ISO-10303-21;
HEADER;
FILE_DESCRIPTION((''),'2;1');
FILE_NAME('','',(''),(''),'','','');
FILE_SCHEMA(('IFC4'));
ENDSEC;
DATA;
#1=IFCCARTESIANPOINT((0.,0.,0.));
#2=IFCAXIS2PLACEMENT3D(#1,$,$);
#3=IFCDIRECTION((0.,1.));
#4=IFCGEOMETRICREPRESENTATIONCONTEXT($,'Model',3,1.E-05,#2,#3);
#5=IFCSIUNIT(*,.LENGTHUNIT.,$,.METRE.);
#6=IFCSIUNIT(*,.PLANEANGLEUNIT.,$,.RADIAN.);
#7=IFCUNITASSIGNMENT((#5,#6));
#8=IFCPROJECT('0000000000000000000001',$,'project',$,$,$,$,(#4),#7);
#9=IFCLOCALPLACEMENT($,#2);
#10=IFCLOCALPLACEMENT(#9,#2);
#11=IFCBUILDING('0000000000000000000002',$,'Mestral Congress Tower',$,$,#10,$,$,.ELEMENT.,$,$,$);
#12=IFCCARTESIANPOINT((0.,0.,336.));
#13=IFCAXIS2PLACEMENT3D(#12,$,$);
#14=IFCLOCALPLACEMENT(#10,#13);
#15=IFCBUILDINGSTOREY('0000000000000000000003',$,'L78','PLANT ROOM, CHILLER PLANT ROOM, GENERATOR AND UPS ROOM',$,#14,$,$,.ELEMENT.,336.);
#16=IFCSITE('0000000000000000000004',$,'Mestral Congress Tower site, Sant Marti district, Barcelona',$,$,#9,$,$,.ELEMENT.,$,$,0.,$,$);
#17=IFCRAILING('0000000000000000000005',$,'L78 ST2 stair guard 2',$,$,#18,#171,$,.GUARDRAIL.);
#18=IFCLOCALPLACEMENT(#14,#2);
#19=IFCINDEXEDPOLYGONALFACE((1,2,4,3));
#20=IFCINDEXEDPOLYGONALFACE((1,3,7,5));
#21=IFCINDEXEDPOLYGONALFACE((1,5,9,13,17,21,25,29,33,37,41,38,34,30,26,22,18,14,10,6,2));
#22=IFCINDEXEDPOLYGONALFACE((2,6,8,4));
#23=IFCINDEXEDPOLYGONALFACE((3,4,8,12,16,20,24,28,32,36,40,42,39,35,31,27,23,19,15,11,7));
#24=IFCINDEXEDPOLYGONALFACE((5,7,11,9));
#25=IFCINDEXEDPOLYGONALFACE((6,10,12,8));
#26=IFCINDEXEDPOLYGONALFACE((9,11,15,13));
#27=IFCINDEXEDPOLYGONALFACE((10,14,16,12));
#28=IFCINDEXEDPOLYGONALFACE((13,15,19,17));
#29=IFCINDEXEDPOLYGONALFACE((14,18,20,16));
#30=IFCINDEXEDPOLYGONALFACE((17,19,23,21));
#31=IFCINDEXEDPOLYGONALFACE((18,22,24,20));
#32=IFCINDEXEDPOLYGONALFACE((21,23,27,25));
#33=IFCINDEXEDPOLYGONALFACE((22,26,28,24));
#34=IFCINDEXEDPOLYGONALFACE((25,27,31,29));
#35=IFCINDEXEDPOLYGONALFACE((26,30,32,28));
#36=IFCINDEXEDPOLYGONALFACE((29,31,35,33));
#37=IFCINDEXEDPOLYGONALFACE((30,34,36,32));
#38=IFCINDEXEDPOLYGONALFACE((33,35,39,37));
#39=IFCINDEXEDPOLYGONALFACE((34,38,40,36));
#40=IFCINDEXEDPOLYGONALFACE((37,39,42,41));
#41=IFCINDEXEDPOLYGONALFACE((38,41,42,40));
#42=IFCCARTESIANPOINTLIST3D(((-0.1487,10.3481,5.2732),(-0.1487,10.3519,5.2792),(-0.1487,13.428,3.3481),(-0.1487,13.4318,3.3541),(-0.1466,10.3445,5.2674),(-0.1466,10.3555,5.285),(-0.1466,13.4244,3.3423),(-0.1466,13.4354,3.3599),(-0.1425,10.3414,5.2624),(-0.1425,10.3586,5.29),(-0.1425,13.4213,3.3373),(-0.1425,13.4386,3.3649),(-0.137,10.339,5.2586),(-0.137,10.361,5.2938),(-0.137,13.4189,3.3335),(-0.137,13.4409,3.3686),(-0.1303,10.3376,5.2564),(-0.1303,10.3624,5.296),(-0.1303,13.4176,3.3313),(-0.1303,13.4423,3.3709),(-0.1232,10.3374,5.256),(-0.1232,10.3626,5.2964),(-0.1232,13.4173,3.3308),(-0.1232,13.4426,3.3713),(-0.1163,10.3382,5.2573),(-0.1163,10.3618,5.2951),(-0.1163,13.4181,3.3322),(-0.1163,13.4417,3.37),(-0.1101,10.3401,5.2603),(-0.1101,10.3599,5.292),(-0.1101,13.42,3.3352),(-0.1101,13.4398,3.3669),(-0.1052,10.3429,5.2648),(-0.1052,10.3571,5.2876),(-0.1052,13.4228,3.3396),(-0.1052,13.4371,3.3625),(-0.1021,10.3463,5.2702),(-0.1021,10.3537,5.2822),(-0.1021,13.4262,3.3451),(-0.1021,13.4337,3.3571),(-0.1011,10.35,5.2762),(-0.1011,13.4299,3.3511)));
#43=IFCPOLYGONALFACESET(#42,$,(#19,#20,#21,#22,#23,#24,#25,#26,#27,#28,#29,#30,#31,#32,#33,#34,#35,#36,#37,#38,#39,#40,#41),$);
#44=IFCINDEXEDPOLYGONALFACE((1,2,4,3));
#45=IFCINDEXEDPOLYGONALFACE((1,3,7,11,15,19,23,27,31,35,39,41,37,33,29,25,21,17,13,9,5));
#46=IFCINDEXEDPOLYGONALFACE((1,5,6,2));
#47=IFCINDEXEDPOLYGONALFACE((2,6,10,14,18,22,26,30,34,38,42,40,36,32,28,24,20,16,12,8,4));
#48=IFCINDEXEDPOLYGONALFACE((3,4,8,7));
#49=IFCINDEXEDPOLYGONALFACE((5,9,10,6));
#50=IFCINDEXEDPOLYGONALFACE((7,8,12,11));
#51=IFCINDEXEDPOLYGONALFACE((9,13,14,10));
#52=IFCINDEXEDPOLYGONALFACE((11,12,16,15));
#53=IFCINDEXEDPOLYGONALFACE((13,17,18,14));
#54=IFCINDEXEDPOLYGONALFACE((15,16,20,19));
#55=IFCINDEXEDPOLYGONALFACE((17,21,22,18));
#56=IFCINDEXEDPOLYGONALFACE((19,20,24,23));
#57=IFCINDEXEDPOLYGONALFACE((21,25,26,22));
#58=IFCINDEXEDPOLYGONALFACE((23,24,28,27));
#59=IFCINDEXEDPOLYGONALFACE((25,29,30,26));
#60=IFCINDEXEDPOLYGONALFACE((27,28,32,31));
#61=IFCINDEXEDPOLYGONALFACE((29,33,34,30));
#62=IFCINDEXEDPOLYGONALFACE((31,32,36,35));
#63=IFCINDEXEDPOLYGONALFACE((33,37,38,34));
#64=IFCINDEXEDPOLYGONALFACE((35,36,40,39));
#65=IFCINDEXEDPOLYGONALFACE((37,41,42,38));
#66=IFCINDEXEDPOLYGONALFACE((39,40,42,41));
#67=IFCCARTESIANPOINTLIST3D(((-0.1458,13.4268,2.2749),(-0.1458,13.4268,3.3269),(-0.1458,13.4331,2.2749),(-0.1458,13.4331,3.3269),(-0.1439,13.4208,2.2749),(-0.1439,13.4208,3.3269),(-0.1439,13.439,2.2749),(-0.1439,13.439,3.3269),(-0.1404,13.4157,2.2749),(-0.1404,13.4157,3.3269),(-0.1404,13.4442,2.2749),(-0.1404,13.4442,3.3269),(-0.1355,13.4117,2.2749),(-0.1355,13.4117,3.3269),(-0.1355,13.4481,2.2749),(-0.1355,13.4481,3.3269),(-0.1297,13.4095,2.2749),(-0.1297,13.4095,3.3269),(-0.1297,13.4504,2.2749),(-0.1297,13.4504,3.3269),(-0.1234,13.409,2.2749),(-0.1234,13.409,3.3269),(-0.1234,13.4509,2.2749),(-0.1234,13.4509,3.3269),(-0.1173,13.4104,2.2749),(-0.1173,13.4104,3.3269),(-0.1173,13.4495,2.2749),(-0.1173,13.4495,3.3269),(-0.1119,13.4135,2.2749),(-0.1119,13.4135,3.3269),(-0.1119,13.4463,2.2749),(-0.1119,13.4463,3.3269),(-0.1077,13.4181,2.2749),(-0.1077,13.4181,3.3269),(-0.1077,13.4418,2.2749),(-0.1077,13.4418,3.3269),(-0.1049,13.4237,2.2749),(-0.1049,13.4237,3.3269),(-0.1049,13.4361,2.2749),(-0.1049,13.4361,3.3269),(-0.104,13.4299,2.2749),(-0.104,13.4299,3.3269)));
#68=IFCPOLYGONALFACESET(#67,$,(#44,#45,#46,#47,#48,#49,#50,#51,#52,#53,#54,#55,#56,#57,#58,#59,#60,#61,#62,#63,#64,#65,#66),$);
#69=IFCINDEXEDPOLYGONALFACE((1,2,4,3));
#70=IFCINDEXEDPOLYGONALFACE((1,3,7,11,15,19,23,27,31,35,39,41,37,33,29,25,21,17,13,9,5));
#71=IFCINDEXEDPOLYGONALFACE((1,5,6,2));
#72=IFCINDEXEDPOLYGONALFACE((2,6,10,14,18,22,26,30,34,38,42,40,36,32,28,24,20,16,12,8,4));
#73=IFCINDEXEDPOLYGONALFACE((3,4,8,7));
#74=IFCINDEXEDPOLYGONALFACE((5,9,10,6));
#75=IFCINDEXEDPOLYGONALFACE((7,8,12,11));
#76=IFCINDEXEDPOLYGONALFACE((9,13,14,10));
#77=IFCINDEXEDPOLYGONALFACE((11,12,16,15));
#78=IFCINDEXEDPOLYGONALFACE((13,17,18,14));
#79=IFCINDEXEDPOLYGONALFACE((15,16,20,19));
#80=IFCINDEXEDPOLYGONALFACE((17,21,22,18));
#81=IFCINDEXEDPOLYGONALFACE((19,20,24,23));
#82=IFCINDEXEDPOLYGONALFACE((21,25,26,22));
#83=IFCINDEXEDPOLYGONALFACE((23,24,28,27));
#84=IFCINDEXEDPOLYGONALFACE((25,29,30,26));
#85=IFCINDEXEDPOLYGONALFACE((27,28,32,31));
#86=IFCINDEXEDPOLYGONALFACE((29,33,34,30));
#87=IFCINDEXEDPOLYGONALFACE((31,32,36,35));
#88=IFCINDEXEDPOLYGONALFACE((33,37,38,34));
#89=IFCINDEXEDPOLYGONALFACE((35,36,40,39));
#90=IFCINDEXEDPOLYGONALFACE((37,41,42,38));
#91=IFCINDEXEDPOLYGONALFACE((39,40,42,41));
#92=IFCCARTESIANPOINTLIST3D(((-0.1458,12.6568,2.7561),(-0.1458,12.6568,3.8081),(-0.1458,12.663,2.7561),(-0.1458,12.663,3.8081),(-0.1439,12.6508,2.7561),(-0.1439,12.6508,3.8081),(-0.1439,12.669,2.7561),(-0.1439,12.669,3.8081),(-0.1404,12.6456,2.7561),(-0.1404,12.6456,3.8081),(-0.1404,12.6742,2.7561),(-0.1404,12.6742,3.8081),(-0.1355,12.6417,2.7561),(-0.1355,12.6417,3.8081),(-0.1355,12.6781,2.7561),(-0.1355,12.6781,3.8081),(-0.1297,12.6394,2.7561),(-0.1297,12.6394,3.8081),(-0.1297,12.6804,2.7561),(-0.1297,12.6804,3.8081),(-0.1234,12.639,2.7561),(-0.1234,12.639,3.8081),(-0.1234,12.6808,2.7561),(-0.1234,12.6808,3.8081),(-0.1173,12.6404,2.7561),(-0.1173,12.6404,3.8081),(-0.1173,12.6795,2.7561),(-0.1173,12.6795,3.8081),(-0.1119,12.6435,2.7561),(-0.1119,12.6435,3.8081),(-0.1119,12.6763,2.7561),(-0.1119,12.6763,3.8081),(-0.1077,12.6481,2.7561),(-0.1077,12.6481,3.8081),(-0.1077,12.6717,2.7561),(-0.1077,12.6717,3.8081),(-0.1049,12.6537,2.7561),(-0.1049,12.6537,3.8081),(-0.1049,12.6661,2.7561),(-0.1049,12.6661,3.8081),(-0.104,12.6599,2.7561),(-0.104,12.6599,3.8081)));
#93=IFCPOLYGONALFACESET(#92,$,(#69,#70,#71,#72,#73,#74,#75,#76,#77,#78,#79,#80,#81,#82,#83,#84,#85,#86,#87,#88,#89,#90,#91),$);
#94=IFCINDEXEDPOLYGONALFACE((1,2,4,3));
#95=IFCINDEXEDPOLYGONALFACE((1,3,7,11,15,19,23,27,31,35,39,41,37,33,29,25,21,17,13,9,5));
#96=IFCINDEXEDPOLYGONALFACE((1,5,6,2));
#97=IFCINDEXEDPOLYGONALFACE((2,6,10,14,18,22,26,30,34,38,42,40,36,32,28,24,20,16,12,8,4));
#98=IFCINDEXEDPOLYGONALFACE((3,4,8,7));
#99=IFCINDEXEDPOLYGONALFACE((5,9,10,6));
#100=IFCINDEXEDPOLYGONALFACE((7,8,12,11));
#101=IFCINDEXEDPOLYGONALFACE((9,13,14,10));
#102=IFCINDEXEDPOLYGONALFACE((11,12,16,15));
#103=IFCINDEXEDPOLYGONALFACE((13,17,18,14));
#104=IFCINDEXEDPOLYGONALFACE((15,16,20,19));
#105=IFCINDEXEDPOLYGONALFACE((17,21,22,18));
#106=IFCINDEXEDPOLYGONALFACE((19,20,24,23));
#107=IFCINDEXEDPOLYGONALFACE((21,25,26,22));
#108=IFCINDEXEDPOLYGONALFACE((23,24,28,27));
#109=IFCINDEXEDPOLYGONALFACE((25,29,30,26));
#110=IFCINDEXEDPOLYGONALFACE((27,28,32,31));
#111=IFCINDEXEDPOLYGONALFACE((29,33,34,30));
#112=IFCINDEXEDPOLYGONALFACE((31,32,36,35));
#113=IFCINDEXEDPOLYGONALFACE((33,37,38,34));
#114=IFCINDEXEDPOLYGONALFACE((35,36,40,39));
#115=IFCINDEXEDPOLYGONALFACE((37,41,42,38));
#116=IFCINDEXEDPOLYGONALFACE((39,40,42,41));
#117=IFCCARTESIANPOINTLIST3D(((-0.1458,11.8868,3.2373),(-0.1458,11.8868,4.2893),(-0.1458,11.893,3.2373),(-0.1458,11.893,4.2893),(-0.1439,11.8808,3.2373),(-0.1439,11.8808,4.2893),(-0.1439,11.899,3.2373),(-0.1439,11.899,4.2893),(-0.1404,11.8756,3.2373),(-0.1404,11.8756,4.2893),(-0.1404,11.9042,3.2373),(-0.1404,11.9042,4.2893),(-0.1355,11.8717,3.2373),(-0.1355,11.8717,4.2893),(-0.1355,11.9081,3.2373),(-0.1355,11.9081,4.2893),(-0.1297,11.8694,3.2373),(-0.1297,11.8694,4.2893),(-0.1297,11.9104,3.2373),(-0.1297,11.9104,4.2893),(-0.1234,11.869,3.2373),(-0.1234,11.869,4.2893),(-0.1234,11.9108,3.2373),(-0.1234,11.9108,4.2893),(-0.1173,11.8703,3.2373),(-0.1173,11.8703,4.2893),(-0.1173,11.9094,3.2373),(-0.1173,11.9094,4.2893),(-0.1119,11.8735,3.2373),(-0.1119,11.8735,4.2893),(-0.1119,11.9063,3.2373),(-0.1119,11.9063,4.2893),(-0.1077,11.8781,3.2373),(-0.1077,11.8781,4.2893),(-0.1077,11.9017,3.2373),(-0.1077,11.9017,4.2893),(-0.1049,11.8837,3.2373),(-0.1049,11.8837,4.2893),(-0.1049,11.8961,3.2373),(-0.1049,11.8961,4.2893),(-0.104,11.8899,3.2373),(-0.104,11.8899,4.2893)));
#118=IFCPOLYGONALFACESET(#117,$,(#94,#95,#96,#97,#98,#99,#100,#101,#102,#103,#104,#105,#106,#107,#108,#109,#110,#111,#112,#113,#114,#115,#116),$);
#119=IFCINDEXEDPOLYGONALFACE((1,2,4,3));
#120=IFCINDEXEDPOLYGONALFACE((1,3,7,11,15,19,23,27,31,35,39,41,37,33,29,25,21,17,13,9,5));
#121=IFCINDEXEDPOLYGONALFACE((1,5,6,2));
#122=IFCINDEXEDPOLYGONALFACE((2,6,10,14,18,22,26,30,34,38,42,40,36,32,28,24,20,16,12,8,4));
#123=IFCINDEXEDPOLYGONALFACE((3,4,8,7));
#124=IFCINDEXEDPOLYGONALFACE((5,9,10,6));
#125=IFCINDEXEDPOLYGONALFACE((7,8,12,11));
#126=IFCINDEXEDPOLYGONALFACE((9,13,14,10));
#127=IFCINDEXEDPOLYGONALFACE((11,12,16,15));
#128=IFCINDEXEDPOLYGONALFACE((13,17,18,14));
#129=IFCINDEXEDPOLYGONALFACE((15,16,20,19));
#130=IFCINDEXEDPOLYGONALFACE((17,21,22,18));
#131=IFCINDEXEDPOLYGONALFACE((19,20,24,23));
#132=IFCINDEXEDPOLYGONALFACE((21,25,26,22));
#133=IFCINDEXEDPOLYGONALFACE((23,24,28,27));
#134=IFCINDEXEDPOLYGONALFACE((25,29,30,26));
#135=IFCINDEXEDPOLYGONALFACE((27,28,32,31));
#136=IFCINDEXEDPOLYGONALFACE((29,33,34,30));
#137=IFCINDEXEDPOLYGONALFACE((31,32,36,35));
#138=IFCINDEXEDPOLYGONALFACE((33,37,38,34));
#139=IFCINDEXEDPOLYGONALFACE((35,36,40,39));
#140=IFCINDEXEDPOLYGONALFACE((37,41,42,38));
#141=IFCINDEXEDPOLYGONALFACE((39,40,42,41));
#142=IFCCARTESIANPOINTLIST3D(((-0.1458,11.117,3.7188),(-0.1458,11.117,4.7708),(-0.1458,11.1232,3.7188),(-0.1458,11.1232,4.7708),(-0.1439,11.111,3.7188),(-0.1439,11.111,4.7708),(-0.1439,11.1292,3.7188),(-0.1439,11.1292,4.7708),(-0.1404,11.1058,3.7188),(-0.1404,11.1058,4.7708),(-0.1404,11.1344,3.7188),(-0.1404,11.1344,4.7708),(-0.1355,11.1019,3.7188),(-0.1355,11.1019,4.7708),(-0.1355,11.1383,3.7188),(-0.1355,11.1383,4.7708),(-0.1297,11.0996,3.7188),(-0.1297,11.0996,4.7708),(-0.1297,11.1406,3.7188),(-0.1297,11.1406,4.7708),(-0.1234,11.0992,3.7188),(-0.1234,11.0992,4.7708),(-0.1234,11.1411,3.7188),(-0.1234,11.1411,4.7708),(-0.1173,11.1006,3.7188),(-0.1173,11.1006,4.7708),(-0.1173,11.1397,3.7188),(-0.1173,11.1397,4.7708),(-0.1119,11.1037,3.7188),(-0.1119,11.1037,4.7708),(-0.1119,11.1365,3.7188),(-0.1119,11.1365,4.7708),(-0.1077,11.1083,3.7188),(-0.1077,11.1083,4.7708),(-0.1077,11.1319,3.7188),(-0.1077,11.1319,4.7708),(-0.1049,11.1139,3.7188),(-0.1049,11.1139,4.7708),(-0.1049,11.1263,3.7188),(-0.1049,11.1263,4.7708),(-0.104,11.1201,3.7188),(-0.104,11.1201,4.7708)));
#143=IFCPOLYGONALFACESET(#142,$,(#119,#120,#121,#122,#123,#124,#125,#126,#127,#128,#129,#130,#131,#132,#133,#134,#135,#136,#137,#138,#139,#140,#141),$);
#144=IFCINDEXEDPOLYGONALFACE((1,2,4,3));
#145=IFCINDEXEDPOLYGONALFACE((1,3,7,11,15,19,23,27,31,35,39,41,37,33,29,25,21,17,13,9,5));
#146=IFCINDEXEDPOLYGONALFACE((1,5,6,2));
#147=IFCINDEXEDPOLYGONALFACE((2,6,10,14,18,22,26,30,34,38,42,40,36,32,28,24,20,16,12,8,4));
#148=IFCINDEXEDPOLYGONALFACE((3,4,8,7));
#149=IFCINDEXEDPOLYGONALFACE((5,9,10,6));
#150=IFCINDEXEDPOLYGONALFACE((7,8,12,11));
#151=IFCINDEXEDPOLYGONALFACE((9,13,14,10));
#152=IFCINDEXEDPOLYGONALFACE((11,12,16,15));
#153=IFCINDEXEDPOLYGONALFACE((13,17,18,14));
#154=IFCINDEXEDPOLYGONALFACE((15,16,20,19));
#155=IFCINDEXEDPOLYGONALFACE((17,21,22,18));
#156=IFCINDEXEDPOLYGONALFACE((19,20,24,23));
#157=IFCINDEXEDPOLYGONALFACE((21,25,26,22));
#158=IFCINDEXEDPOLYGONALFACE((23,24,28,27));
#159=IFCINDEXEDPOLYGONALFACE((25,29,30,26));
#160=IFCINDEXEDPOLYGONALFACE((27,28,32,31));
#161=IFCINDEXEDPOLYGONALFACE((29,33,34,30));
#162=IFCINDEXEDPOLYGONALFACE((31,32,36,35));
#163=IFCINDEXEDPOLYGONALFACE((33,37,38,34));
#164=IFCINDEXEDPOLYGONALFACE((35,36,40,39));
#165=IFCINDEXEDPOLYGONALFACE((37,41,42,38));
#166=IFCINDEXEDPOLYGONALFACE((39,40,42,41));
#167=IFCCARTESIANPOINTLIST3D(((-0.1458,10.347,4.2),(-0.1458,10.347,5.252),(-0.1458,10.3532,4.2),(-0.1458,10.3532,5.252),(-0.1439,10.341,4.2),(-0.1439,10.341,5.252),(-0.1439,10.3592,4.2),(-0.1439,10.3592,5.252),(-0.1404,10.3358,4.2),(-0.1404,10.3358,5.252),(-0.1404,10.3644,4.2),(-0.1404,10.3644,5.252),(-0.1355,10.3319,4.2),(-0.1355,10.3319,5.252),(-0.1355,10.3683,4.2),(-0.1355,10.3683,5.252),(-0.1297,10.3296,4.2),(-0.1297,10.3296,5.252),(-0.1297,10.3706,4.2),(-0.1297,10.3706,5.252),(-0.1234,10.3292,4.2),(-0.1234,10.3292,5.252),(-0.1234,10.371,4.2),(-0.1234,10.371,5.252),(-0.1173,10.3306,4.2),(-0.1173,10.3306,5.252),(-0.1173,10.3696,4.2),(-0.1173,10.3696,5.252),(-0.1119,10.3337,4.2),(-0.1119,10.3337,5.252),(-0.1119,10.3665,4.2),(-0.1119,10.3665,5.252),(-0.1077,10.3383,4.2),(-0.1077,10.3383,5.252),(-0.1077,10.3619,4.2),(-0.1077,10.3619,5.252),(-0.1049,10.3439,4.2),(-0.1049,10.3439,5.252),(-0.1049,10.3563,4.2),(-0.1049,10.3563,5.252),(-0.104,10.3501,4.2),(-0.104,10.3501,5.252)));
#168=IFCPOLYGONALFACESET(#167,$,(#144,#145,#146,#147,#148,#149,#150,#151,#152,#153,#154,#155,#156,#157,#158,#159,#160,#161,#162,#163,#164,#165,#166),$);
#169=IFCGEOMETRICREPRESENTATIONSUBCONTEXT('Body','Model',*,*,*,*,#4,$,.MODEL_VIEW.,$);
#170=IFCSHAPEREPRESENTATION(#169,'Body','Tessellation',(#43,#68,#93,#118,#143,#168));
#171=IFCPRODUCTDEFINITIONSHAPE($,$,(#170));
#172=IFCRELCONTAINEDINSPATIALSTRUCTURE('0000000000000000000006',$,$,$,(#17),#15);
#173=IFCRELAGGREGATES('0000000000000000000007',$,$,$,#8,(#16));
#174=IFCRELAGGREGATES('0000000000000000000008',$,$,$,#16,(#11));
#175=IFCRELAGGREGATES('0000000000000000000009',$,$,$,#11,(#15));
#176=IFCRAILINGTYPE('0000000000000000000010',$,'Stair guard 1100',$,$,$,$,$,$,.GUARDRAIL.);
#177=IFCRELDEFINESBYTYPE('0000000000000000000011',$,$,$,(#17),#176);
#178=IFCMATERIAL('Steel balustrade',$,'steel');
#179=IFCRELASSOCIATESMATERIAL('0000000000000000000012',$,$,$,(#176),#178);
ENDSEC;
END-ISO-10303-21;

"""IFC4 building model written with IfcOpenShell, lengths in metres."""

from ifc_helpers import new_model, si_unit, direction, frame, origin, origin_2d, place, context, subcontext, project, spatial, circle, extrude, material, type_object, element, save


model = new_model("IFC4")

# Units and contexts
model_context = context("Model", 3, precision=1e-05, world=origin(), true_north=direction((0.0, 1.0)))
body_context = subcontext(model_context, "Body", "Model", "MODEL_VIEW")
ifc_project = project(units=[si_unit("LENGTHUNIT", "METRE"), si_unit("PLANEANGLEUNIT", "RADIAN")], contexts=[model_context])

# Site, building, storey
site_placement = place(None, origin())
site = spatial("IfcSite", under=ifc_project, at=site_placement, Name="Mestral Congress Tower site, Sant Marti district, Barcelona", CompositionType="ELEMENT", RefElevation=0.0)
building_placement = place(site_placement, origin())
building = spatial("IfcBuilding", under=site, at=building_placement, Name="Mestral Congress Tower", CompositionType="ELEMENT")
storey_placement = place(building_placement, frame((0.0, 0.0, 336.0)))
storey = spatial("IfcBuildingStorey", under=building, at=storey_placement, Name="L78", Description="PLANT ROOM, CHILLER PLANT ROOM, GENERATOR AND UPS ROOM", CompositionType="ELEMENT", Elevation=336.0)

# Railing
ifc_material_1 = material(Name="Steel balustrade", Category="steel")
railing_type = type_object("IfcRailingType", Name="Stair guard 1100", PredefinedType="GUARDRAIL", material=ifc_material_1)
railing_placement = place(storey_placement, frame((-0.125, 13.4299, 2.2749)))
element("IfcRailing", 1, at=railing_placement, inside=storey, type_object=railing_type, Name="L78 ST2 stair guard 2", PredefinedType="GUARDRAIL", context=body_context, shape_type="SweptSolid", body=[
    extrude(circle(Radius=0.0239, at=origin_2d()), frame((0.0, 0.0, 1.0762), z_axis=(0.0, -0.847979, 0.530029), x_axis=(1.0, 0.0, 0.0)), (0.0, 0.0, 1.0), 3.6321),
    extrude(circle(Radius=0.021, at=origin_2d()), origin(), (0.0, 0.0, 1.0), 1.052),
    extrude(circle(Radius=0.021, at=origin_2d()), frame((0.0, -0.77, 0.4812)), (0.0, 0.0, 1.0), 1.052),
    extrude(circle(Radius=0.021, at=origin_2d()), frame((0.0, -1.54, 0.9624)), (0.0, 0.0, 1.0), 1.052),
    extrude(circle(Radius=0.021, at=origin_2d()), frame((0.0, -2.3098, 1.4438)), (0.0, 0.0, 1.0), 1.052),
    extrude(circle(Radius=0.021, at=origin_2d()), frame((0.0, -3.0798, 1.925)), (0.0, 0.0, 1.0), 1.052),
])

save(model, "model.ifc")
